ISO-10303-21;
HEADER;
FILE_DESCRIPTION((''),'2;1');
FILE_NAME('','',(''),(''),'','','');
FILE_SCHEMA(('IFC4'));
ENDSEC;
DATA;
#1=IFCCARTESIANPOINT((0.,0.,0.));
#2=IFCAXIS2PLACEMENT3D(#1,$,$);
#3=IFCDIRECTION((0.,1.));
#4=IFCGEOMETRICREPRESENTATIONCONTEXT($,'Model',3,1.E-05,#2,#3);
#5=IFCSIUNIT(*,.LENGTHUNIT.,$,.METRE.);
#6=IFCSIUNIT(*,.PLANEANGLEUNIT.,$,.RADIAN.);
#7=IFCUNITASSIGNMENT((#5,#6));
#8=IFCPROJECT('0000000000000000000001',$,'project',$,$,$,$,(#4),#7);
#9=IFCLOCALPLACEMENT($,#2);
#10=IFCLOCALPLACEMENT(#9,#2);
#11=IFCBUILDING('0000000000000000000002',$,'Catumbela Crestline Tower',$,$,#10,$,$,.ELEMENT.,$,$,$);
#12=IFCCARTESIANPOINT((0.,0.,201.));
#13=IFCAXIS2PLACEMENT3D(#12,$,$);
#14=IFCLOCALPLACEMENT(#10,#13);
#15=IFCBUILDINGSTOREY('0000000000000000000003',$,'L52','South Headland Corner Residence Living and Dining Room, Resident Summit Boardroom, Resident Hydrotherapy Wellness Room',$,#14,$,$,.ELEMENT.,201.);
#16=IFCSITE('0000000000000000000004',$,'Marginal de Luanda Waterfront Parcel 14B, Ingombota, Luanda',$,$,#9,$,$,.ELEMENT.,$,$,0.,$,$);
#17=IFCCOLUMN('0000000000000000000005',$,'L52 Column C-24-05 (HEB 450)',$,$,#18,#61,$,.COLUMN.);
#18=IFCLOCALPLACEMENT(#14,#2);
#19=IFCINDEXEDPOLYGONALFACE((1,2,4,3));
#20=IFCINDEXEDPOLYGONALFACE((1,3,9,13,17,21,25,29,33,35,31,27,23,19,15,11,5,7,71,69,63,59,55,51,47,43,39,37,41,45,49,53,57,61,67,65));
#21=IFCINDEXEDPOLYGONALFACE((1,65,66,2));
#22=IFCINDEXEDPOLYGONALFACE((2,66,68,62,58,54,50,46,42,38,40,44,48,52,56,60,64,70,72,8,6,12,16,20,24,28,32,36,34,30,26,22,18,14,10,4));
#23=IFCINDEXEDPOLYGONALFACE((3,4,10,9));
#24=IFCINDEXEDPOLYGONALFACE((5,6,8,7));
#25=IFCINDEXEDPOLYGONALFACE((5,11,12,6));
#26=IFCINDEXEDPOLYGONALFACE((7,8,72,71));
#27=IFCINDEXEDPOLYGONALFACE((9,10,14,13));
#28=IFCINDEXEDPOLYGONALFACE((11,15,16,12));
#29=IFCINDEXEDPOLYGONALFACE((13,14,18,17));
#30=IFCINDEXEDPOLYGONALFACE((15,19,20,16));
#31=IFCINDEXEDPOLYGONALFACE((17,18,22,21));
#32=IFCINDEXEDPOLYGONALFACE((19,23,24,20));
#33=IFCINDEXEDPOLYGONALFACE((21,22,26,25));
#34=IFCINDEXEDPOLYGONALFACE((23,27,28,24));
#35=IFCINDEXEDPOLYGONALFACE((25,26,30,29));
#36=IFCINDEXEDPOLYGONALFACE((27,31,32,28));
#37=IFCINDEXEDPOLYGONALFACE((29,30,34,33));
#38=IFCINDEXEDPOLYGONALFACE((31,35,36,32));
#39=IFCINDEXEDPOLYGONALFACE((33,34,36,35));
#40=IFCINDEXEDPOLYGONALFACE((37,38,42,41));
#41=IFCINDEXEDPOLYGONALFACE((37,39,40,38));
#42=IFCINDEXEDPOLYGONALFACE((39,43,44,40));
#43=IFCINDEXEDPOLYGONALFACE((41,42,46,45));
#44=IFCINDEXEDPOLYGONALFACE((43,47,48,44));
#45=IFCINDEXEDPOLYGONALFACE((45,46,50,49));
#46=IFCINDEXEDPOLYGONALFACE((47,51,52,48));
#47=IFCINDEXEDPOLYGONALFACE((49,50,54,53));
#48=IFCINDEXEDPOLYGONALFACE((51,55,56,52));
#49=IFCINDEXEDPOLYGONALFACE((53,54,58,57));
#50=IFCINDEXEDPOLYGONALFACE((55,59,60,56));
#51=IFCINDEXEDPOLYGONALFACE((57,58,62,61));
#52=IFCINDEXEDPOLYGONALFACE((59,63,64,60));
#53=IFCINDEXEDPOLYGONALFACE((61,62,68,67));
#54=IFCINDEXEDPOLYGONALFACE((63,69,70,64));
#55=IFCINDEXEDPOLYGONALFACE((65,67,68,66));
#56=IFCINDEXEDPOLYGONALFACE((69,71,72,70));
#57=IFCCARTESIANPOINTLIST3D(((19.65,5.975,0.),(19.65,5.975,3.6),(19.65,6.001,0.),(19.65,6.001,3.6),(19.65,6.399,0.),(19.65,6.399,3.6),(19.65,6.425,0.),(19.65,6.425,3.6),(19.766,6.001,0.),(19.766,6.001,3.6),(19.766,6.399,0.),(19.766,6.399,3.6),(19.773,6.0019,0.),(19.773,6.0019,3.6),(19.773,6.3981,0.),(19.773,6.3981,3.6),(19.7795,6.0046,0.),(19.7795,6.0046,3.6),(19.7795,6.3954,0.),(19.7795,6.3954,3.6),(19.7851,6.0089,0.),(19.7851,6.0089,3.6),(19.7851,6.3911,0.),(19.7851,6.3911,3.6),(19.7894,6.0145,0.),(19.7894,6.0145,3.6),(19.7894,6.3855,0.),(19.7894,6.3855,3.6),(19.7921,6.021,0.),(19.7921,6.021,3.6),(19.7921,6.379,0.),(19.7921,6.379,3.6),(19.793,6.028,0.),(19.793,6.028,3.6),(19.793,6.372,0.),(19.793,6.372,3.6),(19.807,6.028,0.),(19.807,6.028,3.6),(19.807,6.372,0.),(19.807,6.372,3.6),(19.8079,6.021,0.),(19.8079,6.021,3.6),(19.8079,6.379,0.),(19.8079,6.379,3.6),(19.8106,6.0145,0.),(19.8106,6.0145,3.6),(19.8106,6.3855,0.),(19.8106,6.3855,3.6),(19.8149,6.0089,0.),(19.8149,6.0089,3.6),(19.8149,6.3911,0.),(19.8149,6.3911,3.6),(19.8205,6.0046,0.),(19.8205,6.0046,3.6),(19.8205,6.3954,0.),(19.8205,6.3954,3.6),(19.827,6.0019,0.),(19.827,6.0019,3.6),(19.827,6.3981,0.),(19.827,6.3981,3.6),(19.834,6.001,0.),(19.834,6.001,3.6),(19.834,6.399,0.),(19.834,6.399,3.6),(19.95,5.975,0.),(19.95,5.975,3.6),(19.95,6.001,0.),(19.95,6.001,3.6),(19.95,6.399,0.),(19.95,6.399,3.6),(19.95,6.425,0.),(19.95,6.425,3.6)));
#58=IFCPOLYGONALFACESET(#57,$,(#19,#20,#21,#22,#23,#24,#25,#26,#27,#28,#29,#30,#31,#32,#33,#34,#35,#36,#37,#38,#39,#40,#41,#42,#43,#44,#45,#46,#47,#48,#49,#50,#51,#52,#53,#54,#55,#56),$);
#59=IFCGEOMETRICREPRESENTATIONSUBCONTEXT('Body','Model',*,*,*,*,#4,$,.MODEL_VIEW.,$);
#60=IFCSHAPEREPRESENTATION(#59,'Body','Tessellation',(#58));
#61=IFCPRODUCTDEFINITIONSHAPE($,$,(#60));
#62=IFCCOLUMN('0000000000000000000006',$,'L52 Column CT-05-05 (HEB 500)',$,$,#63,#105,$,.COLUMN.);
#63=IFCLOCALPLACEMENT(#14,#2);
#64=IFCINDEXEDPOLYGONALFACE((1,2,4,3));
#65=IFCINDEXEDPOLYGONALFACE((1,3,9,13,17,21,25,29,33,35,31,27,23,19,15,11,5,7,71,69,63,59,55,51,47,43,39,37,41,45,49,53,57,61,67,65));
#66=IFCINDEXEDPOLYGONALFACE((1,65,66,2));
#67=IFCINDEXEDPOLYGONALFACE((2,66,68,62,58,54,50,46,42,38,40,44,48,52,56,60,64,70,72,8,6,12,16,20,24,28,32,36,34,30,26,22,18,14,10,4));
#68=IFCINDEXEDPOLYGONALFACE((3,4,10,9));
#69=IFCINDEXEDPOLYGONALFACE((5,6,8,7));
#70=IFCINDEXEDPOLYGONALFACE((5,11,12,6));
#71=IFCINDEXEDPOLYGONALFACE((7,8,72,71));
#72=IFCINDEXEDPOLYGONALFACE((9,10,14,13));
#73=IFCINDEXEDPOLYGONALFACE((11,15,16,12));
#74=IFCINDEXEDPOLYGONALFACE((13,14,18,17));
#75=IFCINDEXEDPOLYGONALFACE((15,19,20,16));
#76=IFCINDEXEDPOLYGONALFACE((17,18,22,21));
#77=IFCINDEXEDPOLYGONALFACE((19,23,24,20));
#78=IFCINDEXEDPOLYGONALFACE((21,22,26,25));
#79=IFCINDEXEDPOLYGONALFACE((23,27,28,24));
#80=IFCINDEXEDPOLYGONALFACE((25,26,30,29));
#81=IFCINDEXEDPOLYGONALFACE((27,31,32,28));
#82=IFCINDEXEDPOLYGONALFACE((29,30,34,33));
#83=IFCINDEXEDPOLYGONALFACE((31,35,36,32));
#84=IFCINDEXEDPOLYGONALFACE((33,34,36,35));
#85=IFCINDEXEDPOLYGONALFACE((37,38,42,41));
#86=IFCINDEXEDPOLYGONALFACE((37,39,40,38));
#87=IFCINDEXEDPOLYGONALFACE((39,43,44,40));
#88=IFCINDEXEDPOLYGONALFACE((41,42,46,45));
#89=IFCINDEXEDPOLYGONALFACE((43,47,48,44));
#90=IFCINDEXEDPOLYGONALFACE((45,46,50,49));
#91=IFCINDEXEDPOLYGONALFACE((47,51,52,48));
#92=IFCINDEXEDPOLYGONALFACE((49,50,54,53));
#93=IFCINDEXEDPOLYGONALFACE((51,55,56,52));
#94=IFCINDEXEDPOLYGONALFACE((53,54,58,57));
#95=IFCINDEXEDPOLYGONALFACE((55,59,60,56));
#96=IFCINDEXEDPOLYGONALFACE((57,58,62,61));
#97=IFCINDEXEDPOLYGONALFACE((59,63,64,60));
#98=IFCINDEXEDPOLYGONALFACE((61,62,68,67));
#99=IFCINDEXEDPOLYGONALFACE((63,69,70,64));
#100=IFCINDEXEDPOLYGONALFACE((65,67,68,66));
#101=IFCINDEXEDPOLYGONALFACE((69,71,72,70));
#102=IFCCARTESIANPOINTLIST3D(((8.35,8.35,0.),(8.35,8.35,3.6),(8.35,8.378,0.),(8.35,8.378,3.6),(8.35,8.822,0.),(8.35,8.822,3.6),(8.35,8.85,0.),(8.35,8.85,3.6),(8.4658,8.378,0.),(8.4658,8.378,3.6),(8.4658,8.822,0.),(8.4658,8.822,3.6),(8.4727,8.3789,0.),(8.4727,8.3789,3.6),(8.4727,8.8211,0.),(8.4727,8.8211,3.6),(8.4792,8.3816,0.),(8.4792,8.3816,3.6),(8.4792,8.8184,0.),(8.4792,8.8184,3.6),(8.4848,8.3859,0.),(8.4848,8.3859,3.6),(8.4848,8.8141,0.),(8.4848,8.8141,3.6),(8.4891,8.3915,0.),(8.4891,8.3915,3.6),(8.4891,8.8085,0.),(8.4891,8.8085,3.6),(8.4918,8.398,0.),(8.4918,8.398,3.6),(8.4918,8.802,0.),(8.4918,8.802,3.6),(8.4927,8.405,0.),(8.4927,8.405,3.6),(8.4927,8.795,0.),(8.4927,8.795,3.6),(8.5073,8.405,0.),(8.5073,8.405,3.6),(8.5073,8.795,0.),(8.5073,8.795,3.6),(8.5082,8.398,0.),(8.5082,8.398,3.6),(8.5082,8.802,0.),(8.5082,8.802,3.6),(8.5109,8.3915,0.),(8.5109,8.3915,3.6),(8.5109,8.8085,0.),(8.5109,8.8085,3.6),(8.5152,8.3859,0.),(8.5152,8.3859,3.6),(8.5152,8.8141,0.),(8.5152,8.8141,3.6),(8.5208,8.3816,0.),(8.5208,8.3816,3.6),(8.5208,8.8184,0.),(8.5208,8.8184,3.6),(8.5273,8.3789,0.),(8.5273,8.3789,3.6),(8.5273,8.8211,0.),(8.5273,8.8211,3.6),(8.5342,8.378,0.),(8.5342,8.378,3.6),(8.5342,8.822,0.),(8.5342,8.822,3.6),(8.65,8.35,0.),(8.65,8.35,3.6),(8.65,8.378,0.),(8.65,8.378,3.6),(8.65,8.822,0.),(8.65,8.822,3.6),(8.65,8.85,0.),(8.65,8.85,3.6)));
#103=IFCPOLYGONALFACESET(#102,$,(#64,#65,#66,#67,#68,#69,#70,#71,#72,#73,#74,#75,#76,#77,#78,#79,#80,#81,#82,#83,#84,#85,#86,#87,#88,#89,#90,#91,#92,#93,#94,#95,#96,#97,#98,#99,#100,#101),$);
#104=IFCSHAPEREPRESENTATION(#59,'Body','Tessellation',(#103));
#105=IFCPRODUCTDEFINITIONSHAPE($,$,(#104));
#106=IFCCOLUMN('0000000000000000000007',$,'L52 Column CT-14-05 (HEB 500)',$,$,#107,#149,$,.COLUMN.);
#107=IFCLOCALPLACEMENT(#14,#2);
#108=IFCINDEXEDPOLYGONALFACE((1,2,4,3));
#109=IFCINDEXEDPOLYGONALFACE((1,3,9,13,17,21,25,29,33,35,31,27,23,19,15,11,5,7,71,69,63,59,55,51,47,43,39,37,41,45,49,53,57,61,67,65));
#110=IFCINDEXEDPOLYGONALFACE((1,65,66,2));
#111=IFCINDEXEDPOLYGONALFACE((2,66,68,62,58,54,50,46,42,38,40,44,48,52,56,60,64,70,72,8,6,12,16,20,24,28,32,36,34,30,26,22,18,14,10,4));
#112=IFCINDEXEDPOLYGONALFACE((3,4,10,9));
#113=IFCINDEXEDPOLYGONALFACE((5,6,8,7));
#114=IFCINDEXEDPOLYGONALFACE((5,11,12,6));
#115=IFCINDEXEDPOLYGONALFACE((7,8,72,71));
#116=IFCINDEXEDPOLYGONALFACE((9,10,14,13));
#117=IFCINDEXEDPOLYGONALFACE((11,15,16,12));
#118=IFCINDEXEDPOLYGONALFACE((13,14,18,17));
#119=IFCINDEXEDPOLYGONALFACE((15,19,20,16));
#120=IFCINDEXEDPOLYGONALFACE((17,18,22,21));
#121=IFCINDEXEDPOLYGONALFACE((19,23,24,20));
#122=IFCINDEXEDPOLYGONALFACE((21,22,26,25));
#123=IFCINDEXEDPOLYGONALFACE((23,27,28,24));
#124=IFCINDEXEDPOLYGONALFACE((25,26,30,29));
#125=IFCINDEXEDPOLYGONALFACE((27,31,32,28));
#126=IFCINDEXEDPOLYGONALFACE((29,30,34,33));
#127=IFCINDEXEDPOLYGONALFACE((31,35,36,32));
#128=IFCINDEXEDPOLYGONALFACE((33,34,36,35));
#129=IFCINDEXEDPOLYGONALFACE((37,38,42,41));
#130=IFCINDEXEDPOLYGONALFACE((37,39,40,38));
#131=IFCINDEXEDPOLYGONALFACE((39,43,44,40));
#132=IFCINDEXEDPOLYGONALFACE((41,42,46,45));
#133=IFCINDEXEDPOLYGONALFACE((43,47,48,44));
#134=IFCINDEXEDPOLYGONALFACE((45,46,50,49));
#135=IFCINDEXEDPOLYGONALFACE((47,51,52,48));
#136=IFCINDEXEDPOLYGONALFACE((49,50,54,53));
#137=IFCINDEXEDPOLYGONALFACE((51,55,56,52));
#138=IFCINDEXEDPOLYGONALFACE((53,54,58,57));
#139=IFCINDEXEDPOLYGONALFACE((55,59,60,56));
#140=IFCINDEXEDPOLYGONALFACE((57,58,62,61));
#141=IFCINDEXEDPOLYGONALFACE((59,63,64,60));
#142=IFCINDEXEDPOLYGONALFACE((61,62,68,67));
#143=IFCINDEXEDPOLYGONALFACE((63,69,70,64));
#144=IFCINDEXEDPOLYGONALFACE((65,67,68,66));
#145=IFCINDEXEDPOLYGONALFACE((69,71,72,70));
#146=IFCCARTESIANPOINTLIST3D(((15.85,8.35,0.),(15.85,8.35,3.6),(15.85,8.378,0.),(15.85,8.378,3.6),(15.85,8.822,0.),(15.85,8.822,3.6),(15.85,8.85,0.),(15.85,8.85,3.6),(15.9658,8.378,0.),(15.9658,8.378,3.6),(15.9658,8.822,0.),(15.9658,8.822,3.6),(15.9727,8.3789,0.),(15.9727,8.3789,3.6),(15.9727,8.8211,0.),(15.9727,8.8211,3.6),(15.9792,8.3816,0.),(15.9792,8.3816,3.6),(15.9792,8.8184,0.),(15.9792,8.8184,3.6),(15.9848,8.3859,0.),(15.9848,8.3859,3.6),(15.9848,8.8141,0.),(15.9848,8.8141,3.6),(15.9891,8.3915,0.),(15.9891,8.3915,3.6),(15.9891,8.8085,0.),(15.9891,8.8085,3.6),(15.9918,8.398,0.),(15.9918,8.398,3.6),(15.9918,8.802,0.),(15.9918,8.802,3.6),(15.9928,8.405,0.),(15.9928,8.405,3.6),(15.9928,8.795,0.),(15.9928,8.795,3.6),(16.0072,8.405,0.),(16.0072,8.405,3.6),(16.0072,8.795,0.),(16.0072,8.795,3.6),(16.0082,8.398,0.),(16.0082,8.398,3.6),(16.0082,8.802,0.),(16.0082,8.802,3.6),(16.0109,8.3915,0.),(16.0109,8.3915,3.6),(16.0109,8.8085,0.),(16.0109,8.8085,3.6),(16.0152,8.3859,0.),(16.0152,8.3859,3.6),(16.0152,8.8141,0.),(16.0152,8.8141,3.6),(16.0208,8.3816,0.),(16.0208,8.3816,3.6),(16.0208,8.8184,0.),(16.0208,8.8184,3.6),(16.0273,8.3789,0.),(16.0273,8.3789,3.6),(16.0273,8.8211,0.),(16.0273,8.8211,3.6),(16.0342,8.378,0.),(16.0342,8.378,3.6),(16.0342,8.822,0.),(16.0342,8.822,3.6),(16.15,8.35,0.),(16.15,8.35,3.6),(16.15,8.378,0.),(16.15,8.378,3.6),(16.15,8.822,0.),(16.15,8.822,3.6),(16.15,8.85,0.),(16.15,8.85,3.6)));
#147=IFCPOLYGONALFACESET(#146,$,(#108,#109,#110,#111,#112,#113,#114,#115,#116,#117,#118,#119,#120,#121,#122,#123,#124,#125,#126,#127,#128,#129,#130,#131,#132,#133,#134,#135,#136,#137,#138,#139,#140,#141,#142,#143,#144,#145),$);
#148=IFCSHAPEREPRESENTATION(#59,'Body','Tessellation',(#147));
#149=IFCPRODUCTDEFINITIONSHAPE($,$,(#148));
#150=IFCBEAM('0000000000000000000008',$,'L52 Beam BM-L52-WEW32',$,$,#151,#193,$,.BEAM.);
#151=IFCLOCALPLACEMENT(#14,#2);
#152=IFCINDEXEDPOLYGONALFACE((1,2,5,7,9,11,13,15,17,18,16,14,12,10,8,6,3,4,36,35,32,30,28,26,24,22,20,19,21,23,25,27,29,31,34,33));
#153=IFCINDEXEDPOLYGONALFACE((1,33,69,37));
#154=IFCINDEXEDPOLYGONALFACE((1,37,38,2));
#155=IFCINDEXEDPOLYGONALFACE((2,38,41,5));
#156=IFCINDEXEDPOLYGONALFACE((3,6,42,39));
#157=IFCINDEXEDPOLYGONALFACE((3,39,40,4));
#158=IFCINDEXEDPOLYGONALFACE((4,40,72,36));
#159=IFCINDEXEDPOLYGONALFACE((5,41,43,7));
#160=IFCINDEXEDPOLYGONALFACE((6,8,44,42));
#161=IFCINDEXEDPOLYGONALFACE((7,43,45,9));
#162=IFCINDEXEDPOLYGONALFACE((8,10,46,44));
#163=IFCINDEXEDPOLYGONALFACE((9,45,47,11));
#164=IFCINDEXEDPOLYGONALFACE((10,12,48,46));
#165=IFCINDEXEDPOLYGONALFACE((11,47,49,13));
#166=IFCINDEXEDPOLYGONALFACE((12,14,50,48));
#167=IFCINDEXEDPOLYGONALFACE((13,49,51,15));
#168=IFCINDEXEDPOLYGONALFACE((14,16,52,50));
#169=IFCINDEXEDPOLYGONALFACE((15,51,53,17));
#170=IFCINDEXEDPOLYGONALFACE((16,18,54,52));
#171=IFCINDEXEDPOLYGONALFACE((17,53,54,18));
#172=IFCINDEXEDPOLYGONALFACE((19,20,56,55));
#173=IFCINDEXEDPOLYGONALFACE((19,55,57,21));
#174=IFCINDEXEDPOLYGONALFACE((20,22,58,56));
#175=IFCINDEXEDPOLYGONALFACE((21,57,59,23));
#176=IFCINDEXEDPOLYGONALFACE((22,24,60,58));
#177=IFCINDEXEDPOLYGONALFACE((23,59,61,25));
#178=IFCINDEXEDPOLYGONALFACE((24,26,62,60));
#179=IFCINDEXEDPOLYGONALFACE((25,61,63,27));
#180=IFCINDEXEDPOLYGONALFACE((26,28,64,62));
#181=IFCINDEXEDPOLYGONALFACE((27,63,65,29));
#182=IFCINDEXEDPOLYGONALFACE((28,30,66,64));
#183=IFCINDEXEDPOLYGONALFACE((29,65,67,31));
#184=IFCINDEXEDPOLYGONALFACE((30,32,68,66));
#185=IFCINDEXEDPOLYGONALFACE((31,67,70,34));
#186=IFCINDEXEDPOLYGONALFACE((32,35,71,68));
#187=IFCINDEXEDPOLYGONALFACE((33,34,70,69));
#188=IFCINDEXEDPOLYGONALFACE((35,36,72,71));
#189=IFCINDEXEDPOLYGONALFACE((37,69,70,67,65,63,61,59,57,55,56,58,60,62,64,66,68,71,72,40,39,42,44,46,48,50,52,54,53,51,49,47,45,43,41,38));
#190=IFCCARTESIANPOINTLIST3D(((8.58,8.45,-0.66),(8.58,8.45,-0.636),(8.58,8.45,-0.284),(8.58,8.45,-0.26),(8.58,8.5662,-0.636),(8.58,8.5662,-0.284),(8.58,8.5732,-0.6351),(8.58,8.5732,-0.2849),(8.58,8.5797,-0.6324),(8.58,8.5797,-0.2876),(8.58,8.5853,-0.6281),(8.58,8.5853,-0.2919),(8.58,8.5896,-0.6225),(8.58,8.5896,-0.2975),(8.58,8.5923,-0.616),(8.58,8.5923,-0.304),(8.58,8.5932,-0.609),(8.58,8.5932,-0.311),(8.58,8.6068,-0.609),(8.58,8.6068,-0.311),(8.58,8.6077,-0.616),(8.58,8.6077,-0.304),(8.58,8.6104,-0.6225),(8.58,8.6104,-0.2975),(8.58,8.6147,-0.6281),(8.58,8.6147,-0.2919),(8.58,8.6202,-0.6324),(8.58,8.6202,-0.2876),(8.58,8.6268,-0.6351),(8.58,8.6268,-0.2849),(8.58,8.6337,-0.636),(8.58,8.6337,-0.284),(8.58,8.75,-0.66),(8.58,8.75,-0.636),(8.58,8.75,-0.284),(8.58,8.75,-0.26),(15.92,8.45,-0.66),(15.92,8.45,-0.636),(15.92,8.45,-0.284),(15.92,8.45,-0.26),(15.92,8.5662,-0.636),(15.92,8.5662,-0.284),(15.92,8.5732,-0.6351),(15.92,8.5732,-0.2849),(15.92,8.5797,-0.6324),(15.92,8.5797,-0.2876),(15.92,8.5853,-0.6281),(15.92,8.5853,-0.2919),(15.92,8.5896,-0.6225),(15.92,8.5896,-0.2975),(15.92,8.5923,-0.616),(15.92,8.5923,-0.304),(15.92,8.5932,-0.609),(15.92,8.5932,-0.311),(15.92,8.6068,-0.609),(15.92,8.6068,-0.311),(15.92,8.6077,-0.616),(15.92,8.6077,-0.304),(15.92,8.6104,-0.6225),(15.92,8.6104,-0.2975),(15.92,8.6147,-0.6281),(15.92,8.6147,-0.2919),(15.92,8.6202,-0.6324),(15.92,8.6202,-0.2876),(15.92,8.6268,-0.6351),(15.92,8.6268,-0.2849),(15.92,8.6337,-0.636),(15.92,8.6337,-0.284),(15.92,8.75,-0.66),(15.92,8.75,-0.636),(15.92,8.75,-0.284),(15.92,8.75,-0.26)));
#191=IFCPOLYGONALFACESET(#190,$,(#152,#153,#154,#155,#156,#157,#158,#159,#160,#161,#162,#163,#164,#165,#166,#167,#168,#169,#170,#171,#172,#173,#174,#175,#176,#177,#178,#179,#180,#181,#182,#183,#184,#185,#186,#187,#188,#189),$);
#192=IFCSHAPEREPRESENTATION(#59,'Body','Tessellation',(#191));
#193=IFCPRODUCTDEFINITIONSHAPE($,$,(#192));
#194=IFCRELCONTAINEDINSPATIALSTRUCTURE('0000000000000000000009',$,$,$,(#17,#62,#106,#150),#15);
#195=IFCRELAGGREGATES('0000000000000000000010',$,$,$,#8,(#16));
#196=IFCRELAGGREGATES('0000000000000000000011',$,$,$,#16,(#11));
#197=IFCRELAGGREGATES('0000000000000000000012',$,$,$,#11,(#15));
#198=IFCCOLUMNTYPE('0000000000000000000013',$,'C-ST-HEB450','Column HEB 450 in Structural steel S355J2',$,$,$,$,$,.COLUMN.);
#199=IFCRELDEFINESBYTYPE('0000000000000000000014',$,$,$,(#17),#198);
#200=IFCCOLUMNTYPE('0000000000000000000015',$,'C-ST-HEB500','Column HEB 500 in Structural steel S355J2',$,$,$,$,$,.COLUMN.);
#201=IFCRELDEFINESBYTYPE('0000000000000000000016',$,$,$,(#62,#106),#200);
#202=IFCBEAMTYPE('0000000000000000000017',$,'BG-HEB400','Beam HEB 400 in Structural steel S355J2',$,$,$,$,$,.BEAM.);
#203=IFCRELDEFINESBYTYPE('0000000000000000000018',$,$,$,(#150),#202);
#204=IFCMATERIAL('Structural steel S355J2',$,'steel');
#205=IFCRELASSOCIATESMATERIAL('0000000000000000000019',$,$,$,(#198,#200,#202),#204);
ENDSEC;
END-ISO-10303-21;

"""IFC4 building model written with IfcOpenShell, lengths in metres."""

from ifc_helpers import new_model, si_unit, direction, frame, origin, origin_2d, place, context, subcontext, project, spatial, i_section, extrude, material, material_profile, profile_set, type_object, element, save


model = new_model("IFC4")

# Units and contexts
model_context = context("Model", 3, precision=1e-05, world=origin(), true_north=direction((0.0, 1.0)))
body_context = subcontext(model_context, "Body", "Model", "MODEL_VIEW")
ifc_project = project(units=[si_unit("LENGTHUNIT", "METRE"), si_unit("PLANEANGLEUNIT", "RADIAN")], contexts=[model_context])

# Site, building, storey
site_placement = place(None, origin())
site = spatial("IfcSite", under=ifc_project, at=site_placement, Name="Marginal de Luanda Waterfront Parcel 14B, Ingombota, Luanda", CompositionType="ELEMENT", RefElevation=0.0)
building_placement = place(site_placement, origin())
building = spatial("IfcBuilding", under=site, at=building_placement, Name="Catumbela Crestline Tower", CompositionType="ELEMENT")
storey_placement = place(building_placement, frame((0.0, 0.0, 201.0)))
storey = spatial("IfcBuildingStorey", under=building, at=storey_placement, Name="L52", Description="South Headland Corner Residence Living and Dining Room, Resident Summit Boardroom, Resident Hydrotherapy Wellness Room", CompositionType="ELEMENT", Elevation=201.0)

# Columns
ifc_material_1 = material(Name="Structural steel S355J2", Category="steel")
ifc_material_profile_1 = material_profile(ifc_material_1, i_section(OverallWidth=0.3, OverallDepth=0.45, WebThickness=0.014, FlangeThickness=0.026, FilletRadius=0.027, at=origin_2d()), Name="HEB 450")
ifc_profile_set_1 = profile_set([ifc_material_profile_1], Name="Structural steel S355J2")
column_type_1 = type_object("IfcColumnType", Name="C-ST-HEB450", Description="Column HEB 450 in Structural steel S355J2", PredefinedType="COLUMN", material=ifc_profile_set_1)
column_placement = place(storey_placement, frame((19.8, 6.2, 0.0), z_axis=(0.0, 0.0, 1.0), x_axis=(1.0, 0.0, 0.0)))
element("IfcColumn", 1, at=column_placement, inside=storey, type_object=column_type_1, Name="L52 Column C-24-05 (HEB 450)", PredefinedType="COLUMN", context=body_context, shape_type="SweptSolid", body=[
    extrude(i_section(OverallWidth=0.3, OverallDepth=0.45, WebThickness=0.014, FlangeThickness=0.026, FilletRadius=0.027, at=origin_2d()), origin(), (0.0, 0.0, 1.0), 3.6),
])
ifc_material_profile_2 = material_profile(ifc_material_1, i_section(OverallWidth=0.3, OverallDepth=0.5, WebThickness=0.0145, FlangeThickness=0.028, FilletRadius=0.027, at=origin_2d()), Name="HEB 500")
ifc_profile_set_2 = profile_set([ifc_material_profile_2], Name="Structural steel S355J2")
column_type_2 = type_object("IfcColumnType", Name="C-ST-HEB500", Description="Column HEB 500 in Structural steel S355J2", PredefinedType="COLUMN", material=ifc_profile_set_2)
for number, where, z_axis, x_axis, name in (
    (2, (8.5, 8.6, 0.0), (0.0, 0.0, 1.0), (1.0, 0.0, 0.0), "L52 Column CT-05-05 (HEB 500)"),
    (3, (16.0, 8.6, 0.0), (0.0, 0.0, 1.0), (1.0, 0.0, 0.0), "L52 Column CT-14-05 (HEB 500)"),
):
    element("IfcColumn", number, at=place(storey_placement, frame(where, z_axis=z_axis, x_axis=x_axis)), inside=storey, type_object=column_type_2, Name=name, PredefinedType="COLUMN", context=body_context, shape_type="SweptSolid", body=[
        extrude(i_section(OverallWidth=0.3, OverallDepth=0.5, WebThickness=0.0145, FlangeThickness=0.028, FilletRadius=0.027, at=origin_2d()), origin(), (0.0, 0.0, 1.0), 3.6),
    ])

# Beam
ifc_material_profile_3 = material_profile(ifc_material_1, i_section(OverallWidth=0.3, OverallDepth=0.4, WebThickness=0.0135, FlangeThickness=0.024, FilletRadius=0.027, at=origin_2d()), Name="HEB 400")
ifc_profile_set_3 = profile_set([ifc_material_profile_3], Name="Structural steel S355J2")
beam_type = type_object("IfcBeamType", Name="BG-HEB400", Description="Beam HEB 400 in Structural steel S355J2", PredefinedType="BEAM", material=ifc_profile_set_3)
beam_1_placement = place(storey_placement, frame((8.58, 8.6, -0.46), z_axis=(1.0, 0.0, 0.0), x_axis=(0.0, 1.0, 0.0)))
element("IfcBeam", 4, at=beam_1_placement, inside=storey, type_object=beam_type, Name="L52 Beam BM-L52-WEW32", PredefinedType="BEAM", context=body_context, shape_type="SweptSolid", body=[
    extrude(i_section(OverallWidth=0.3, OverallDepth=0.4, WebThickness=0.0135, FlangeThickness=0.024, FilletRadius=0.027, at=origin_2d()), origin(), (0.0, 0.0, 1.0), 7.34),
])

save(model, "model.ifc")
